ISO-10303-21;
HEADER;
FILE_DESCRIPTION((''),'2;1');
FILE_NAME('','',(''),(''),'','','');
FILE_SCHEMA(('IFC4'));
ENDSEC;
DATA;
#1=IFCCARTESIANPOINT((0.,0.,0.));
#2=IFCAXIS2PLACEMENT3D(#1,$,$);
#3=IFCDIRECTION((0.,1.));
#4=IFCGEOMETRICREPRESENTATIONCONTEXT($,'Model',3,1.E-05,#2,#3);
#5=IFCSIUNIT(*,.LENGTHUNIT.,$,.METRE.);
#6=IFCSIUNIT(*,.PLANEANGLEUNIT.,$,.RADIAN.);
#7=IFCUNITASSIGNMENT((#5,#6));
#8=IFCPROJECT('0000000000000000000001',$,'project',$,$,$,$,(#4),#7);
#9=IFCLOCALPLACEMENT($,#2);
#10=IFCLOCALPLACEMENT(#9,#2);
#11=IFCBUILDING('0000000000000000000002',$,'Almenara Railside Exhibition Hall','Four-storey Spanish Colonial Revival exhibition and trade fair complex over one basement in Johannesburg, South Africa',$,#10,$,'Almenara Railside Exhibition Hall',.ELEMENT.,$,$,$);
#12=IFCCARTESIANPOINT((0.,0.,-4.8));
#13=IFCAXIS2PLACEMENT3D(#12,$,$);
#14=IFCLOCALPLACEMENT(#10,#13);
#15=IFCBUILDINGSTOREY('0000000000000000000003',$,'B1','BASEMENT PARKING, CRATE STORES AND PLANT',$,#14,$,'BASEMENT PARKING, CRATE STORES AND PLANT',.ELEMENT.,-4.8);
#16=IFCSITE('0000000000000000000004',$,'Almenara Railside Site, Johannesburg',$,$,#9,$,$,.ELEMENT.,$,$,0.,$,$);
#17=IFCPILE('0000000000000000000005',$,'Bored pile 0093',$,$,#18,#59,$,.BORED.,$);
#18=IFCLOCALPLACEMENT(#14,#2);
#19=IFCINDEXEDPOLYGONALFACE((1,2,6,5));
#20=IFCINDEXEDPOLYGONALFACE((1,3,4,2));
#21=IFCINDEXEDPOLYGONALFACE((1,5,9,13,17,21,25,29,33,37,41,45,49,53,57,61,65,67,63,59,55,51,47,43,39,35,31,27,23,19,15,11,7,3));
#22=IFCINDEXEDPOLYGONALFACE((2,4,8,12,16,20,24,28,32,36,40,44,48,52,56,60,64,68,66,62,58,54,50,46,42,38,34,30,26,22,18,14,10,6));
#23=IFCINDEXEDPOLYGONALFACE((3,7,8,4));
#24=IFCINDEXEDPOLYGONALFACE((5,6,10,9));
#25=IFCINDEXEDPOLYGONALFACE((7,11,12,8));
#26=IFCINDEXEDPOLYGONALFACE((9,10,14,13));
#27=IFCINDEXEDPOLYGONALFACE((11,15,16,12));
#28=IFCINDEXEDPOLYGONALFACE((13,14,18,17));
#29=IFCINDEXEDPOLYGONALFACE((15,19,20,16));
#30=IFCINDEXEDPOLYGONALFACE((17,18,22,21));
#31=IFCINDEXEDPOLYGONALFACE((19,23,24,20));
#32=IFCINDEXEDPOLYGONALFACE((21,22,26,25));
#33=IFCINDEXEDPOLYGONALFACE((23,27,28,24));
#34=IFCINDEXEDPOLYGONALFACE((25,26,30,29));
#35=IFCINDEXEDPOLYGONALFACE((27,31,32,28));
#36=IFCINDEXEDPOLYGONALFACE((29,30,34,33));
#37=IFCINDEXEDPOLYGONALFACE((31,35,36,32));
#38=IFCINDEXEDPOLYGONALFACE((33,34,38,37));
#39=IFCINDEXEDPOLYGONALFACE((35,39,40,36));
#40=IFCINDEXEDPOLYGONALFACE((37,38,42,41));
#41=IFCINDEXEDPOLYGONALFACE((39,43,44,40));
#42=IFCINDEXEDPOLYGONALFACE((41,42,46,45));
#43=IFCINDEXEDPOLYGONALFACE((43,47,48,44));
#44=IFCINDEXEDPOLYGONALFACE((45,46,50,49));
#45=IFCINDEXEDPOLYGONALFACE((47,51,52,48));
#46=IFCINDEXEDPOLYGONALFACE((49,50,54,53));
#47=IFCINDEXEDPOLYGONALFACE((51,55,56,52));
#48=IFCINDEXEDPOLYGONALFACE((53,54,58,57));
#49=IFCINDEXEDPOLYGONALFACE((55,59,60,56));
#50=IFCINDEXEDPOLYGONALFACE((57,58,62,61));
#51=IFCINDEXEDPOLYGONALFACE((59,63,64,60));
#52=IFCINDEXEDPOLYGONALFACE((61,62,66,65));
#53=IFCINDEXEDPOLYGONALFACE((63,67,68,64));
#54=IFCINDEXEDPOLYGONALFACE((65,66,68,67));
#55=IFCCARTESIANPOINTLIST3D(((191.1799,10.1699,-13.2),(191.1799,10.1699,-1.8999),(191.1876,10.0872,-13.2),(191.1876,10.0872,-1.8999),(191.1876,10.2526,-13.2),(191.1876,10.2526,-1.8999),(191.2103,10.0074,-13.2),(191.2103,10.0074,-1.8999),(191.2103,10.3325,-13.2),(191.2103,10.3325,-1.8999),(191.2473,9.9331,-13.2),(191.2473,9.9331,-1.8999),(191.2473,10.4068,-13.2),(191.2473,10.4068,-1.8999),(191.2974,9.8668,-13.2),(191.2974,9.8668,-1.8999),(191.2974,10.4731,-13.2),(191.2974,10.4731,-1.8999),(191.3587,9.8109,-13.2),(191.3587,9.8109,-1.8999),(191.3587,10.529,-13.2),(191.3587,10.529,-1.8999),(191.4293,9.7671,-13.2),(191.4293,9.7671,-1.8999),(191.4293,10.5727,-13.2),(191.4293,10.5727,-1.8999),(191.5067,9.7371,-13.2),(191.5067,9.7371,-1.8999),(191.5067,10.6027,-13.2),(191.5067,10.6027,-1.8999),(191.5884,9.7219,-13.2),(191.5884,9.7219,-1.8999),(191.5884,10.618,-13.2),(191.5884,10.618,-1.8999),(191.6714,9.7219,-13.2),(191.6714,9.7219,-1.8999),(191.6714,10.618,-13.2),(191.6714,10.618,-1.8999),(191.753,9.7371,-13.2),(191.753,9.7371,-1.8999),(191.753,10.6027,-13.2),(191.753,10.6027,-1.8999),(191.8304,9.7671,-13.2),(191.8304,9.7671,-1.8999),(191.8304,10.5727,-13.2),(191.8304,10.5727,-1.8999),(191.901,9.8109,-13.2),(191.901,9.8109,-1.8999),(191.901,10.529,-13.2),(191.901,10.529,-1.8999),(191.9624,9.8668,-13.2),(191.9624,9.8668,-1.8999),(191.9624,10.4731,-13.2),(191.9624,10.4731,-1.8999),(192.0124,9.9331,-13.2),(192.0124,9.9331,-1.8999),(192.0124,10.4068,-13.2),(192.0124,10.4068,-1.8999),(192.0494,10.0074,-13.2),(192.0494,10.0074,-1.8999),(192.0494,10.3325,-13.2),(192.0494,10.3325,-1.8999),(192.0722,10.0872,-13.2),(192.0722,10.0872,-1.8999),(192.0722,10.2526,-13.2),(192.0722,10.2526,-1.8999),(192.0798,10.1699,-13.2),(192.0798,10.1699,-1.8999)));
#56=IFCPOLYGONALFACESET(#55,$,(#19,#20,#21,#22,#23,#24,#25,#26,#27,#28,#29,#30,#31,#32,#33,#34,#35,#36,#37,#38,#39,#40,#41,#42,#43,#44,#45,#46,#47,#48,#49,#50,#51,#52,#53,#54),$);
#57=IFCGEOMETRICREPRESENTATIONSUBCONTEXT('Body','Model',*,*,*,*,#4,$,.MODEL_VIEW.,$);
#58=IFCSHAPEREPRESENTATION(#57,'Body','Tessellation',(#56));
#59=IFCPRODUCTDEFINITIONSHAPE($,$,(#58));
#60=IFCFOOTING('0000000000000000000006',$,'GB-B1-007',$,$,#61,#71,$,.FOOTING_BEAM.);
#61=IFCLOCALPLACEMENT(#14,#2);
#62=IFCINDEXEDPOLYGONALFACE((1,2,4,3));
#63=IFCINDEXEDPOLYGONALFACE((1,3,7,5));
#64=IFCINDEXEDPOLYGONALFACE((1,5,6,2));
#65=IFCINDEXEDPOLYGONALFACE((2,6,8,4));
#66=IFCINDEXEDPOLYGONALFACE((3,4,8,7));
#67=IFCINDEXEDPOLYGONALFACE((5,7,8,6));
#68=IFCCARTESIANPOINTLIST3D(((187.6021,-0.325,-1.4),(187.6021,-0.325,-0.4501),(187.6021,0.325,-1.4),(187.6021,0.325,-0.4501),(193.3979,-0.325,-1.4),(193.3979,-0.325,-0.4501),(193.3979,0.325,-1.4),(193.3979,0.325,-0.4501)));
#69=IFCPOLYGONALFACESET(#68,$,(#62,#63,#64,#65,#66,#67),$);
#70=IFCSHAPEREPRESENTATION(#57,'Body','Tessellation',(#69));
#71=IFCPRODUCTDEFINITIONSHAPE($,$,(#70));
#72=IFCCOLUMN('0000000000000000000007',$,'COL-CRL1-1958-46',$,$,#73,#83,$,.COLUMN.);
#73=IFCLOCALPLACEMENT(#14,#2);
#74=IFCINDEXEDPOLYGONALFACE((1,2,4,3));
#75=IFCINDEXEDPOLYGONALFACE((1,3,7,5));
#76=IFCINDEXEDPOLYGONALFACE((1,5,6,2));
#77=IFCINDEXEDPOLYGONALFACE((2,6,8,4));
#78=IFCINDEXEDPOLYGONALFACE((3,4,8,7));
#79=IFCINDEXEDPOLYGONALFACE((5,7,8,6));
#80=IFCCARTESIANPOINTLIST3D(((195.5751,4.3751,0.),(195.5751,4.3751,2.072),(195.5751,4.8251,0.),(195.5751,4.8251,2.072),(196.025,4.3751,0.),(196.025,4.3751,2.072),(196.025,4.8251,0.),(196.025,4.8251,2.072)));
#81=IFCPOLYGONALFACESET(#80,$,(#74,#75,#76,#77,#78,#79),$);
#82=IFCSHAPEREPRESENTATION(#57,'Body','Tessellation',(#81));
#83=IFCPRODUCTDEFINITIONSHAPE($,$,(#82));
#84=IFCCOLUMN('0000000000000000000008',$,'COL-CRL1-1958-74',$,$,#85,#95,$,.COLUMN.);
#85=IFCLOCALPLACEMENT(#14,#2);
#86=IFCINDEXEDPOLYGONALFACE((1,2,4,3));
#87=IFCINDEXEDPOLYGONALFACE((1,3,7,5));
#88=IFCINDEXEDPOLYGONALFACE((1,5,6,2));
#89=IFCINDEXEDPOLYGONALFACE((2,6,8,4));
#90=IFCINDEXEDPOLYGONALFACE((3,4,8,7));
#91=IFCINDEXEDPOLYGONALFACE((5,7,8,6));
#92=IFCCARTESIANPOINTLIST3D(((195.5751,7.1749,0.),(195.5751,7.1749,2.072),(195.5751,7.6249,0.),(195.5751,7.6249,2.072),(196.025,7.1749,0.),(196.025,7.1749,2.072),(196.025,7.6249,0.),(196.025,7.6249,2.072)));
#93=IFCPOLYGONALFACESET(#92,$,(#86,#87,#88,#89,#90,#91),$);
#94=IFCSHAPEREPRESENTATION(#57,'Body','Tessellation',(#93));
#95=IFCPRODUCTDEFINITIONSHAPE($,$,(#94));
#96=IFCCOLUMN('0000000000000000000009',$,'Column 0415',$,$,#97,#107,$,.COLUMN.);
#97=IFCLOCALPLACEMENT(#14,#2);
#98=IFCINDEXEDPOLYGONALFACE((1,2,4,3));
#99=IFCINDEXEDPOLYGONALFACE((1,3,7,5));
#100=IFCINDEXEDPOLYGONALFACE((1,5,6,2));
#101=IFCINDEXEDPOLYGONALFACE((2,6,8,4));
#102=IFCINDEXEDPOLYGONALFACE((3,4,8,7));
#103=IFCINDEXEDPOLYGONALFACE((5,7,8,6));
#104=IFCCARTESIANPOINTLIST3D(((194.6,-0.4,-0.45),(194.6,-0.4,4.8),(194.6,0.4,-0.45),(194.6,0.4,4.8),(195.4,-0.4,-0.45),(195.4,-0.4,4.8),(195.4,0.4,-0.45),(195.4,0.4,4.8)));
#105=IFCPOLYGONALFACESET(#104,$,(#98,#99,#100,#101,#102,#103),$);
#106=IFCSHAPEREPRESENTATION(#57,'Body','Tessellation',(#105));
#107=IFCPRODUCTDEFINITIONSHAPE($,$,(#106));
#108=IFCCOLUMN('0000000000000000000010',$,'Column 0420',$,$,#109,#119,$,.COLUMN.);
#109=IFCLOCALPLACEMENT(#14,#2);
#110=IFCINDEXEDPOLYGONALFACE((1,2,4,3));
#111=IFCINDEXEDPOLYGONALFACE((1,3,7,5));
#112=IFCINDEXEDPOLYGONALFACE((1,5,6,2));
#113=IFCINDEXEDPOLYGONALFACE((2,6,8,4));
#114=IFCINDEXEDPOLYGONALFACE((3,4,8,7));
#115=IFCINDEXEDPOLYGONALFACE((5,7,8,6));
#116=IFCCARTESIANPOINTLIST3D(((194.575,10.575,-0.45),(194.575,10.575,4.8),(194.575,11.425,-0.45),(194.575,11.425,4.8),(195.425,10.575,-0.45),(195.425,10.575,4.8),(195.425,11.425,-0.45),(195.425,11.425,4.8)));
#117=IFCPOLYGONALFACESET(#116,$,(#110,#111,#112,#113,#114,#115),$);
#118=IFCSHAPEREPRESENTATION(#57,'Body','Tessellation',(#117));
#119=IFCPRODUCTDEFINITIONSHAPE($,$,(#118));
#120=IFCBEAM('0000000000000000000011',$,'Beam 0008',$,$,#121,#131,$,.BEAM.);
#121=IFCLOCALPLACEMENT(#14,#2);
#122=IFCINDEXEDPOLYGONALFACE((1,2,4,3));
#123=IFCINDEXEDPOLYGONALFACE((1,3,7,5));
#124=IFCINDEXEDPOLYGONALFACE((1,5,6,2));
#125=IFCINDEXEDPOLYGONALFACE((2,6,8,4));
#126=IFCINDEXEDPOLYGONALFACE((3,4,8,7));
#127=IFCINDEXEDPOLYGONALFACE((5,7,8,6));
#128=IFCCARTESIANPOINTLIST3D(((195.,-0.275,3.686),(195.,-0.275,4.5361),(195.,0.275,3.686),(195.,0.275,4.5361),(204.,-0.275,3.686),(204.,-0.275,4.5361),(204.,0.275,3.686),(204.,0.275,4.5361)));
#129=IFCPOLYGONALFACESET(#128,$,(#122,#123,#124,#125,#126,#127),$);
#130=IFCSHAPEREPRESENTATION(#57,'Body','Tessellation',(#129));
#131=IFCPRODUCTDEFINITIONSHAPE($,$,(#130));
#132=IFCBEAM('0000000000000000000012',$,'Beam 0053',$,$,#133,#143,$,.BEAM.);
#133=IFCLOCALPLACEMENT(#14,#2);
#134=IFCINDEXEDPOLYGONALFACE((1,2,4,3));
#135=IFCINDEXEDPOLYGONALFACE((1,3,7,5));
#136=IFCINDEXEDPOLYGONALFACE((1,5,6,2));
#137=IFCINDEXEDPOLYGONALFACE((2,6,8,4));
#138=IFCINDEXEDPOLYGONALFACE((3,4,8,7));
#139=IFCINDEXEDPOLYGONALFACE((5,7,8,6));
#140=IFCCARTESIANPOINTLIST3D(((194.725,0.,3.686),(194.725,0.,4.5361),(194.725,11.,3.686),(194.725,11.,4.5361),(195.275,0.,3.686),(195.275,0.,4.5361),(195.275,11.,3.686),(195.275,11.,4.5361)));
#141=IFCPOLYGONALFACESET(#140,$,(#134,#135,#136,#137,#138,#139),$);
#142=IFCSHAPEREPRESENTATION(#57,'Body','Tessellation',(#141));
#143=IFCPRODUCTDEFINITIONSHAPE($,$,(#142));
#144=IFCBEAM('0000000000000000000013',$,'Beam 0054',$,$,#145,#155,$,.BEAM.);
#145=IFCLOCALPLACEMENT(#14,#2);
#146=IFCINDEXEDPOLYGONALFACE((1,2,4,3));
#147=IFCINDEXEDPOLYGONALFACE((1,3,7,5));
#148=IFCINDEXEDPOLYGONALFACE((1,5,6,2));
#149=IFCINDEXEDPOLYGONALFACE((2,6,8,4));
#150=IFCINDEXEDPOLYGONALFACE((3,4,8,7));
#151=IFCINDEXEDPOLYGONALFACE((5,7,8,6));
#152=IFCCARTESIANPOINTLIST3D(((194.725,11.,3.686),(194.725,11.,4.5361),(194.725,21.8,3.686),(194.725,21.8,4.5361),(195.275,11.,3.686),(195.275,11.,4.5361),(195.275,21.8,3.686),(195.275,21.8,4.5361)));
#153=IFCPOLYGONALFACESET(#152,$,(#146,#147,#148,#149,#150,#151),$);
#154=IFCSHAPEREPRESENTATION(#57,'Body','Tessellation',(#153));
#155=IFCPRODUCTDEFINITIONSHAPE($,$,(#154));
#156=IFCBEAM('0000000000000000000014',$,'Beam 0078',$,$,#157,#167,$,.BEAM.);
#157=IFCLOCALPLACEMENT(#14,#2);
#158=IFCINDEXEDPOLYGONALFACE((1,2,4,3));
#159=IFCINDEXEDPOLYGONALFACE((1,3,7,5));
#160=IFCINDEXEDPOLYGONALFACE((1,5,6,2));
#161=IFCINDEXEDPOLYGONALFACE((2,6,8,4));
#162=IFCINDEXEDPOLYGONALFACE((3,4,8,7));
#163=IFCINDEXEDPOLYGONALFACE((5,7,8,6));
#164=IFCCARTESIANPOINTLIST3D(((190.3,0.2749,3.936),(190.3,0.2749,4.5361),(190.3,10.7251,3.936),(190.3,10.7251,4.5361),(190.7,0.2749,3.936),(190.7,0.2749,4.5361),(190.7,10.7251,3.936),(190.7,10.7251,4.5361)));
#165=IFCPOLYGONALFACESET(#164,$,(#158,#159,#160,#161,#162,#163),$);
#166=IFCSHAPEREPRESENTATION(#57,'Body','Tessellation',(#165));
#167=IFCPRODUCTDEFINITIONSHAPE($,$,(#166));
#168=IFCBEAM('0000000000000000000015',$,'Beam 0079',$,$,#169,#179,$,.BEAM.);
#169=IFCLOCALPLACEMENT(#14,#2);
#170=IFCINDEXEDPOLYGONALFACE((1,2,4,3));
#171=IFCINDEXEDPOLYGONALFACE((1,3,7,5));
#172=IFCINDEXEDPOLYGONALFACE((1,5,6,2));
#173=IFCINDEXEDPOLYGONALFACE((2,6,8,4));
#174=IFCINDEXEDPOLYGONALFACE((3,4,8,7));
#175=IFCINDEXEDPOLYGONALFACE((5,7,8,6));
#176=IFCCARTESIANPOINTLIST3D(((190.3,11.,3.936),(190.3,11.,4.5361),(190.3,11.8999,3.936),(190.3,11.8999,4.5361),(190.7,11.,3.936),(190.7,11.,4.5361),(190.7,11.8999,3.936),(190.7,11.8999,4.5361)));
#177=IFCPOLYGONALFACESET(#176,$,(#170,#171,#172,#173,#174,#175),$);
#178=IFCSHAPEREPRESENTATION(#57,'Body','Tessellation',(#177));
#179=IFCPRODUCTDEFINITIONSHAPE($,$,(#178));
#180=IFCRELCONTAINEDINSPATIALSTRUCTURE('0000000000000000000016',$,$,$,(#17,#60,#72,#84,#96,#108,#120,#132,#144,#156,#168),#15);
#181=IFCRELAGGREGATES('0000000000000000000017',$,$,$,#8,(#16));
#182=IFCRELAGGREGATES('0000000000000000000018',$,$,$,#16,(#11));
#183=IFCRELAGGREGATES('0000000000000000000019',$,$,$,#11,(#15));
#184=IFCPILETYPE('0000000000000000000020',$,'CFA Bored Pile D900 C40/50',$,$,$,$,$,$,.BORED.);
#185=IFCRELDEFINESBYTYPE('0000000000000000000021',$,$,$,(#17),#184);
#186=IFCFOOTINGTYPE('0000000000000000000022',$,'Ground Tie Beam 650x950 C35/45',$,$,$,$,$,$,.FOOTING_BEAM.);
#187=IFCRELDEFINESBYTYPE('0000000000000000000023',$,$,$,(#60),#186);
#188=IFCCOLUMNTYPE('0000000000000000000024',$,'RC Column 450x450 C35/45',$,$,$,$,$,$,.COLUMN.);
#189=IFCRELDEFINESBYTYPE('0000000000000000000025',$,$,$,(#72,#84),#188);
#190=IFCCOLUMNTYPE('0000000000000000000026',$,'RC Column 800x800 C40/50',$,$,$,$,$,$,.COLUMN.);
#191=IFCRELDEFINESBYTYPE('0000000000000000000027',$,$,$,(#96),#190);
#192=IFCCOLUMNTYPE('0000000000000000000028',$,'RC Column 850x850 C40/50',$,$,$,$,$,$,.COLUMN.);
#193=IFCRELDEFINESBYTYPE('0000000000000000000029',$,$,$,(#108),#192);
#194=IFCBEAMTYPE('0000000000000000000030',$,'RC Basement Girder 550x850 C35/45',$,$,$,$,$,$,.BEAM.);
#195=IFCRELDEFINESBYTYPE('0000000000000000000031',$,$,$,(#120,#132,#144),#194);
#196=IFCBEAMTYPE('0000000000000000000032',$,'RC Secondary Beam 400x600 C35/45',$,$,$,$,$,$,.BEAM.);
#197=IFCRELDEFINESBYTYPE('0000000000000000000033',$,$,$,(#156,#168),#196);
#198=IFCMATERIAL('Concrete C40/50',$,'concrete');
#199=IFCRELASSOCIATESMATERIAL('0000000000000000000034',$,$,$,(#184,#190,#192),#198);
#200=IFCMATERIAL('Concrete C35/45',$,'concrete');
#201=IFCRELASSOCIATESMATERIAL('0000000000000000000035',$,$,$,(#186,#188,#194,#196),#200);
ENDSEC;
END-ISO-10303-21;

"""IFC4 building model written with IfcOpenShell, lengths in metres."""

from ifc_helpers import new_model, si_unit, direction, frame, origin, origin_2d, place, context, subcontext, project, spatial, rectangle, circle, extrude, material, material_profile, profile_set, type_object, element, save


model = new_model("IFC4")

# Units and contexts
model_context = context("Model", 3, precision=1e-05, world=origin(), true_north=direction((0.0, 1.0)))
body_context = subcontext(model_context, "Body", "Model", "MODEL_VIEW")
ifc_project = project(units=[si_unit("LENGTHUNIT", "METRE"), si_unit("PLANEANGLEUNIT", "RADIAN")], contexts=[model_context])

# Site, building, storey
site_placement = place(None, origin())
site = spatial("IfcSite", under=ifc_project, at=site_placement, Name="Almenara Railside Site, Johannesburg", CompositionType="ELEMENT", RefElevation=0.0)
building_placement = place(site_placement, origin())
building = spatial("IfcBuilding", under=site, at=building_placement, Name="Almenara Railside Exhibition Hall", Description="Four-storey Spanish Colonial Revival exhibition and trade fair complex over one basement in Johannesburg, South Africa", LongName="Almenara Railside Exhibition Hall", CompositionType="ELEMENT")
storey_placement = place(building_placement, frame((0.0, 0.0, -4.8)))
storey = spatial("IfcBuildingStorey", under=building, at=storey_placement, Name="B1", Description="BASEMENT PARKING, CRATE STORES AND PLANT", LongName="BASEMENT PARKING, CRATE STORES AND PLANT", CompositionType="ELEMENT", Elevation=-4.8)

# Pile
ifc_material_1 = material(Name="Concrete C40/50", Category="concrete")
ifc_material_profile_1 = material_profile(ifc_material_1, circle(Radius=0.45, at=origin_2d()), Name="CFA-PILE D900")
ifc_profile_set_1 = profile_set([ifc_material_profile_1], Name="Concrete C40/50")
pile_type_1 = type_object("IfcPileType", Name="CFA Bored Pile D900 C40/50", PredefinedType="BORED", material=ifc_profile_set_1)
for number, where, z_axis, x_axis, name in (
    (1, (191.6299, 10.1699, -1.8999), (0.0, 0.0, -1.0), (1.0, 0.0, 0.0), "Bored pile 0093"),
):
    element("IfcPile", number, at=place(storey_placement, frame(where, z_axis=z_axis, x_axis=x_axis)), inside=storey, type_object=pile_type_1, Name=name, PredefinedType="BORED", context=body_context, shape_type="SweptSolid", body=[
        extrude(circle(Radius=0.45, at=origin_2d()), origin(), (0.0, 0.0, 1.0), 11.3),
    ])

# Footing
ifc_material_2 = material(Name="Concrete C35/45", Category="concrete")
ifc_material_profile_2 = material_profile(ifc_material_2, rectangle(XDim=0.6499, YDim=0.95, at=origin_2d()), Name="RC-GB 650x950")
ifc_profile_set_2 = profile_set([ifc_material_profile_2], Name="Concrete C35/45")
footing_type = type_object("IfcFootingType", Name="Ground Tie Beam 650x950 C35/45", PredefinedType="FOOTING_BEAM", material=ifc_profile_set_2)
footing_placement = place(storey_placement, frame((187.6021, 0.0, -0.925), z_axis=(1.0, 0.0, 0.0), x_axis=(0.0, 1.0, 0.0)))
element("IfcFooting", 2, at=footing_placement, inside=storey, type_object=footing_type, Name="GB-B1-007", PredefinedType="FOOTING_BEAM", context=body_context, shape_type="SweptSolid", body=[
    extrude(rectangle(XDim=0.6499, YDim=0.95, at=origin_2d()), origin(), (0.0, 0.0, 1.0), 5.7959),
])

# Columns
ifc_material_profile_3 = material_profile(ifc_material_2, rectangle(XDim=0.45, YDim=0.45, at=origin_2d()), Name="RC 450x450")
ifc_profile_set_3 = profile_set([ifc_material_profile_3], Name="Concrete C35/45")
column_type_1 = type_object("IfcColumnType", Name="RC Column 450x450 C35/45", PredefinedType="COLUMN", material=ifc_profile_set_3)
for number, where, z_axis, x_axis, name in (
    (3, (195.8, 4.6001, 0.0), (0.0, 0.0, 1.0), (1.0, 0.0, 0.0), "COL-CRL1-1958-46"),
    (4, (195.8, 7.3999, 0.0), (0.0, 0.0, 1.0), (1.0, 0.0, 0.0), "COL-CRL1-1958-74"),
):
    element("IfcColumn", number, at=place(storey_placement, frame(where, z_axis=z_axis, x_axis=x_axis)), inside=storey, type_object=column_type_1, Name=name, PredefinedType="COLUMN", context=body_context, shape_type="SweptSolid", body=[
        extrude(rectangle(XDim=0.45, YDim=0.45, at=origin_2d()), origin(), (0.0, 0.0, 1.0), 2.072),
    ])
ifc_material_profile_4 = material_profile(ifc_material_1, rectangle(XDim=0.8, YDim=0.8, at=origin_2d()), Name="RC 800x800")
ifc_profile_set_4 = profile_set([ifc_material_profile_4], Name="Concrete C40/50")
column_type_2 = type_object("IfcColumnType", Name="RC Column 800x800 C40/50", PredefinedType="COLUMN", material=ifc_profile_set_4)
column_1_placement = place(storey_placement, frame((195.0, 0.0, -0.45), z_axis=(0.0, 0.0, 1.0), x_axis=(1.0, 0.0, 0.0)))
element("IfcColumn", 5, at=column_1_placement, inside=storey, type_object=column_type_2, Name="Column 0415", PredefinedType="COLUMN", context=body_context, shape_type="SweptSolid", body=[
    extrude(rectangle(XDim=0.8, YDim=0.8, at=origin_2d()), origin(), (0.0, 0.0, 1.0), 5.25),
])
ifc_material_profile_5 = material_profile(ifc_material_1, rectangle(XDim=0.8501, YDim=0.8501, at=origin_2d()), Name="RC 850x850")
ifc_profile_set_5 = profile_set([ifc_material_profile_5], Name="Concrete C40/50")
column_type_3 = type_object("IfcColumnType", Name="RC Column 850x850 C40/50", PredefinedType="COLUMN", material=ifc_profile_set_5)
column_2_placement = place(storey_placement, frame((195.0, 11.0, -0.45), z_axis=(0.0, 0.0, 1.0), x_axis=(1.0, 0.0, 0.0)))
element("IfcColumn", 6, at=column_2_placement, inside=storey, type_object=column_type_3, Name="Column 0420", PredefinedType="COLUMN", context=body_context, shape_type="SweptSolid", body=[
    extrude(rectangle(XDim=0.8501, YDim=0.8501, at=origin_2d()), origin(), (0.0, 0.0, 1.0), 5.25),
])

# Beams
ifc_material_profile_6 = material_profile(ifc_material_2, rectangle(XDim=0.55, YDim=0.8501, at=origin_2d()), Name="RC 550x850")
ifc_profile_set_6 = profile_set([ifc_material_profile_6], Name="Concrete C35/45")
beam_type_1 = type_object("IfcBeamType", Name="RC Basement Girder 550x850 C35/45", PredefinedType="BEAM", material=ifc_profile_set_6)
beam_1_placement = place(storey_placement, frame((195.0, 0.0, 4.1111), z_axis=(1.0, 0.0, 0.0), x_axis=(0.0, 1.0, 0.0)))
element("IfcBeam", 7, at=beam_1_placement, inside=storey, type_object=beam_type_1, Name="Beam 0008", PredefinedType="BEAM", context=body_context, shape_type="SweptSolid", body=[
    extrude(rectangle(XDim=0.55, YDim=0.8501, at=origin_2d()), origin(), (0.0, 0.0, 1.0), 9.0),
])
beam_2_placement = place(storey_placement, frame((195.0, 0.0, 4.1111), z_axis=(0.0, 1.0, 0.0), x_axis=(-1.0, 0.0, 0.0)))
element("IfcBeam", 8, at=beam_2_placement, inside=storey, type_object=beam_type_1, Name="Beam 0053", PredefinedType="BEAM", context=body_context, shape_type="SweptSolid", body=[
    extrude(rectangle(XDim=0.55, YDim=0.8501, at=origin_2d()), origin(), (0.0, 0.0, 1.0), 11.0),
])
beam_3_placement = place(storey_placement, frame((195.0, 11.0, 4.1111), z_axis=(0.0, 1.0, 0.0), x_axis=(-1.0, 0.0, 0.0)))
element("IfcBeam", 9, at=beam_3_placement, inside=storey, type_object=beam_type_1, Name="Beam 0054", PredefinedType="BEAM", context=body_context, shape_type="SweptSolid", body=[
    extrude(rectangle(XDim=0.55, YDim=0.8501, at=origin_2d()), origin(), (0.0, 0.0, 1.0), 10.8),
])
ifc_material_profile_7 = material_profile(ifc_material_2, rectangle(XDim=0.3999, YDim=0.6001, at=origin_2d()), Name="RC 400x600")
ifc_profile_set_7 = profile_set([ifc_material_profile_7], Name="Concrete C35/45")
beam_type_2 = type_object("IfcBeamType", Name="RC Secondary Beam 400x600 C35/45", PredefinedType="BEAM", material=ifc_profile_set_7)
beam_4_placement = place(storey_placement, frame((190.5, 0.2749, 4.2361), z_axis=(0.0, 1.0, 0.0), x_axis=(-1.0, 0.0, 0.0)))
element("IfcBeam", 10, at=beam_4_placement, inside=storey, type_object=beam_type_2, Name="Beam 0078", PredefinedType="BEAM", context=body_context, shape_type="SweptSolid", body=[
    extrude(rectangle(XDim=0.3999, YDim=0.6001, at=origin_2d()), origin(), (0.0, 0.0, 1.0), 10.4502),
])
beam_5_placement = place(storey_placement, frame((190.5, 11.0, 4.2361), z_axis=(0.0, 1.0, 0.0), x_axis=(-1.0, 0.0, 0.0)))
element("IfcBeam", 11, at=beam_5_placement, inside=storey, type_object=beam_type_2, Name="Beam 0079", PredefinedType="BEAM", context=body_context, shape_type="SweptSolid", body=[
    extrude(rectangle(XDim=0.3999, YDim=0.6001, at=origin_2d()), origin(), (0.0, 0.0, 1.0), 0.8999),
])

save(model, "model.ifc")
